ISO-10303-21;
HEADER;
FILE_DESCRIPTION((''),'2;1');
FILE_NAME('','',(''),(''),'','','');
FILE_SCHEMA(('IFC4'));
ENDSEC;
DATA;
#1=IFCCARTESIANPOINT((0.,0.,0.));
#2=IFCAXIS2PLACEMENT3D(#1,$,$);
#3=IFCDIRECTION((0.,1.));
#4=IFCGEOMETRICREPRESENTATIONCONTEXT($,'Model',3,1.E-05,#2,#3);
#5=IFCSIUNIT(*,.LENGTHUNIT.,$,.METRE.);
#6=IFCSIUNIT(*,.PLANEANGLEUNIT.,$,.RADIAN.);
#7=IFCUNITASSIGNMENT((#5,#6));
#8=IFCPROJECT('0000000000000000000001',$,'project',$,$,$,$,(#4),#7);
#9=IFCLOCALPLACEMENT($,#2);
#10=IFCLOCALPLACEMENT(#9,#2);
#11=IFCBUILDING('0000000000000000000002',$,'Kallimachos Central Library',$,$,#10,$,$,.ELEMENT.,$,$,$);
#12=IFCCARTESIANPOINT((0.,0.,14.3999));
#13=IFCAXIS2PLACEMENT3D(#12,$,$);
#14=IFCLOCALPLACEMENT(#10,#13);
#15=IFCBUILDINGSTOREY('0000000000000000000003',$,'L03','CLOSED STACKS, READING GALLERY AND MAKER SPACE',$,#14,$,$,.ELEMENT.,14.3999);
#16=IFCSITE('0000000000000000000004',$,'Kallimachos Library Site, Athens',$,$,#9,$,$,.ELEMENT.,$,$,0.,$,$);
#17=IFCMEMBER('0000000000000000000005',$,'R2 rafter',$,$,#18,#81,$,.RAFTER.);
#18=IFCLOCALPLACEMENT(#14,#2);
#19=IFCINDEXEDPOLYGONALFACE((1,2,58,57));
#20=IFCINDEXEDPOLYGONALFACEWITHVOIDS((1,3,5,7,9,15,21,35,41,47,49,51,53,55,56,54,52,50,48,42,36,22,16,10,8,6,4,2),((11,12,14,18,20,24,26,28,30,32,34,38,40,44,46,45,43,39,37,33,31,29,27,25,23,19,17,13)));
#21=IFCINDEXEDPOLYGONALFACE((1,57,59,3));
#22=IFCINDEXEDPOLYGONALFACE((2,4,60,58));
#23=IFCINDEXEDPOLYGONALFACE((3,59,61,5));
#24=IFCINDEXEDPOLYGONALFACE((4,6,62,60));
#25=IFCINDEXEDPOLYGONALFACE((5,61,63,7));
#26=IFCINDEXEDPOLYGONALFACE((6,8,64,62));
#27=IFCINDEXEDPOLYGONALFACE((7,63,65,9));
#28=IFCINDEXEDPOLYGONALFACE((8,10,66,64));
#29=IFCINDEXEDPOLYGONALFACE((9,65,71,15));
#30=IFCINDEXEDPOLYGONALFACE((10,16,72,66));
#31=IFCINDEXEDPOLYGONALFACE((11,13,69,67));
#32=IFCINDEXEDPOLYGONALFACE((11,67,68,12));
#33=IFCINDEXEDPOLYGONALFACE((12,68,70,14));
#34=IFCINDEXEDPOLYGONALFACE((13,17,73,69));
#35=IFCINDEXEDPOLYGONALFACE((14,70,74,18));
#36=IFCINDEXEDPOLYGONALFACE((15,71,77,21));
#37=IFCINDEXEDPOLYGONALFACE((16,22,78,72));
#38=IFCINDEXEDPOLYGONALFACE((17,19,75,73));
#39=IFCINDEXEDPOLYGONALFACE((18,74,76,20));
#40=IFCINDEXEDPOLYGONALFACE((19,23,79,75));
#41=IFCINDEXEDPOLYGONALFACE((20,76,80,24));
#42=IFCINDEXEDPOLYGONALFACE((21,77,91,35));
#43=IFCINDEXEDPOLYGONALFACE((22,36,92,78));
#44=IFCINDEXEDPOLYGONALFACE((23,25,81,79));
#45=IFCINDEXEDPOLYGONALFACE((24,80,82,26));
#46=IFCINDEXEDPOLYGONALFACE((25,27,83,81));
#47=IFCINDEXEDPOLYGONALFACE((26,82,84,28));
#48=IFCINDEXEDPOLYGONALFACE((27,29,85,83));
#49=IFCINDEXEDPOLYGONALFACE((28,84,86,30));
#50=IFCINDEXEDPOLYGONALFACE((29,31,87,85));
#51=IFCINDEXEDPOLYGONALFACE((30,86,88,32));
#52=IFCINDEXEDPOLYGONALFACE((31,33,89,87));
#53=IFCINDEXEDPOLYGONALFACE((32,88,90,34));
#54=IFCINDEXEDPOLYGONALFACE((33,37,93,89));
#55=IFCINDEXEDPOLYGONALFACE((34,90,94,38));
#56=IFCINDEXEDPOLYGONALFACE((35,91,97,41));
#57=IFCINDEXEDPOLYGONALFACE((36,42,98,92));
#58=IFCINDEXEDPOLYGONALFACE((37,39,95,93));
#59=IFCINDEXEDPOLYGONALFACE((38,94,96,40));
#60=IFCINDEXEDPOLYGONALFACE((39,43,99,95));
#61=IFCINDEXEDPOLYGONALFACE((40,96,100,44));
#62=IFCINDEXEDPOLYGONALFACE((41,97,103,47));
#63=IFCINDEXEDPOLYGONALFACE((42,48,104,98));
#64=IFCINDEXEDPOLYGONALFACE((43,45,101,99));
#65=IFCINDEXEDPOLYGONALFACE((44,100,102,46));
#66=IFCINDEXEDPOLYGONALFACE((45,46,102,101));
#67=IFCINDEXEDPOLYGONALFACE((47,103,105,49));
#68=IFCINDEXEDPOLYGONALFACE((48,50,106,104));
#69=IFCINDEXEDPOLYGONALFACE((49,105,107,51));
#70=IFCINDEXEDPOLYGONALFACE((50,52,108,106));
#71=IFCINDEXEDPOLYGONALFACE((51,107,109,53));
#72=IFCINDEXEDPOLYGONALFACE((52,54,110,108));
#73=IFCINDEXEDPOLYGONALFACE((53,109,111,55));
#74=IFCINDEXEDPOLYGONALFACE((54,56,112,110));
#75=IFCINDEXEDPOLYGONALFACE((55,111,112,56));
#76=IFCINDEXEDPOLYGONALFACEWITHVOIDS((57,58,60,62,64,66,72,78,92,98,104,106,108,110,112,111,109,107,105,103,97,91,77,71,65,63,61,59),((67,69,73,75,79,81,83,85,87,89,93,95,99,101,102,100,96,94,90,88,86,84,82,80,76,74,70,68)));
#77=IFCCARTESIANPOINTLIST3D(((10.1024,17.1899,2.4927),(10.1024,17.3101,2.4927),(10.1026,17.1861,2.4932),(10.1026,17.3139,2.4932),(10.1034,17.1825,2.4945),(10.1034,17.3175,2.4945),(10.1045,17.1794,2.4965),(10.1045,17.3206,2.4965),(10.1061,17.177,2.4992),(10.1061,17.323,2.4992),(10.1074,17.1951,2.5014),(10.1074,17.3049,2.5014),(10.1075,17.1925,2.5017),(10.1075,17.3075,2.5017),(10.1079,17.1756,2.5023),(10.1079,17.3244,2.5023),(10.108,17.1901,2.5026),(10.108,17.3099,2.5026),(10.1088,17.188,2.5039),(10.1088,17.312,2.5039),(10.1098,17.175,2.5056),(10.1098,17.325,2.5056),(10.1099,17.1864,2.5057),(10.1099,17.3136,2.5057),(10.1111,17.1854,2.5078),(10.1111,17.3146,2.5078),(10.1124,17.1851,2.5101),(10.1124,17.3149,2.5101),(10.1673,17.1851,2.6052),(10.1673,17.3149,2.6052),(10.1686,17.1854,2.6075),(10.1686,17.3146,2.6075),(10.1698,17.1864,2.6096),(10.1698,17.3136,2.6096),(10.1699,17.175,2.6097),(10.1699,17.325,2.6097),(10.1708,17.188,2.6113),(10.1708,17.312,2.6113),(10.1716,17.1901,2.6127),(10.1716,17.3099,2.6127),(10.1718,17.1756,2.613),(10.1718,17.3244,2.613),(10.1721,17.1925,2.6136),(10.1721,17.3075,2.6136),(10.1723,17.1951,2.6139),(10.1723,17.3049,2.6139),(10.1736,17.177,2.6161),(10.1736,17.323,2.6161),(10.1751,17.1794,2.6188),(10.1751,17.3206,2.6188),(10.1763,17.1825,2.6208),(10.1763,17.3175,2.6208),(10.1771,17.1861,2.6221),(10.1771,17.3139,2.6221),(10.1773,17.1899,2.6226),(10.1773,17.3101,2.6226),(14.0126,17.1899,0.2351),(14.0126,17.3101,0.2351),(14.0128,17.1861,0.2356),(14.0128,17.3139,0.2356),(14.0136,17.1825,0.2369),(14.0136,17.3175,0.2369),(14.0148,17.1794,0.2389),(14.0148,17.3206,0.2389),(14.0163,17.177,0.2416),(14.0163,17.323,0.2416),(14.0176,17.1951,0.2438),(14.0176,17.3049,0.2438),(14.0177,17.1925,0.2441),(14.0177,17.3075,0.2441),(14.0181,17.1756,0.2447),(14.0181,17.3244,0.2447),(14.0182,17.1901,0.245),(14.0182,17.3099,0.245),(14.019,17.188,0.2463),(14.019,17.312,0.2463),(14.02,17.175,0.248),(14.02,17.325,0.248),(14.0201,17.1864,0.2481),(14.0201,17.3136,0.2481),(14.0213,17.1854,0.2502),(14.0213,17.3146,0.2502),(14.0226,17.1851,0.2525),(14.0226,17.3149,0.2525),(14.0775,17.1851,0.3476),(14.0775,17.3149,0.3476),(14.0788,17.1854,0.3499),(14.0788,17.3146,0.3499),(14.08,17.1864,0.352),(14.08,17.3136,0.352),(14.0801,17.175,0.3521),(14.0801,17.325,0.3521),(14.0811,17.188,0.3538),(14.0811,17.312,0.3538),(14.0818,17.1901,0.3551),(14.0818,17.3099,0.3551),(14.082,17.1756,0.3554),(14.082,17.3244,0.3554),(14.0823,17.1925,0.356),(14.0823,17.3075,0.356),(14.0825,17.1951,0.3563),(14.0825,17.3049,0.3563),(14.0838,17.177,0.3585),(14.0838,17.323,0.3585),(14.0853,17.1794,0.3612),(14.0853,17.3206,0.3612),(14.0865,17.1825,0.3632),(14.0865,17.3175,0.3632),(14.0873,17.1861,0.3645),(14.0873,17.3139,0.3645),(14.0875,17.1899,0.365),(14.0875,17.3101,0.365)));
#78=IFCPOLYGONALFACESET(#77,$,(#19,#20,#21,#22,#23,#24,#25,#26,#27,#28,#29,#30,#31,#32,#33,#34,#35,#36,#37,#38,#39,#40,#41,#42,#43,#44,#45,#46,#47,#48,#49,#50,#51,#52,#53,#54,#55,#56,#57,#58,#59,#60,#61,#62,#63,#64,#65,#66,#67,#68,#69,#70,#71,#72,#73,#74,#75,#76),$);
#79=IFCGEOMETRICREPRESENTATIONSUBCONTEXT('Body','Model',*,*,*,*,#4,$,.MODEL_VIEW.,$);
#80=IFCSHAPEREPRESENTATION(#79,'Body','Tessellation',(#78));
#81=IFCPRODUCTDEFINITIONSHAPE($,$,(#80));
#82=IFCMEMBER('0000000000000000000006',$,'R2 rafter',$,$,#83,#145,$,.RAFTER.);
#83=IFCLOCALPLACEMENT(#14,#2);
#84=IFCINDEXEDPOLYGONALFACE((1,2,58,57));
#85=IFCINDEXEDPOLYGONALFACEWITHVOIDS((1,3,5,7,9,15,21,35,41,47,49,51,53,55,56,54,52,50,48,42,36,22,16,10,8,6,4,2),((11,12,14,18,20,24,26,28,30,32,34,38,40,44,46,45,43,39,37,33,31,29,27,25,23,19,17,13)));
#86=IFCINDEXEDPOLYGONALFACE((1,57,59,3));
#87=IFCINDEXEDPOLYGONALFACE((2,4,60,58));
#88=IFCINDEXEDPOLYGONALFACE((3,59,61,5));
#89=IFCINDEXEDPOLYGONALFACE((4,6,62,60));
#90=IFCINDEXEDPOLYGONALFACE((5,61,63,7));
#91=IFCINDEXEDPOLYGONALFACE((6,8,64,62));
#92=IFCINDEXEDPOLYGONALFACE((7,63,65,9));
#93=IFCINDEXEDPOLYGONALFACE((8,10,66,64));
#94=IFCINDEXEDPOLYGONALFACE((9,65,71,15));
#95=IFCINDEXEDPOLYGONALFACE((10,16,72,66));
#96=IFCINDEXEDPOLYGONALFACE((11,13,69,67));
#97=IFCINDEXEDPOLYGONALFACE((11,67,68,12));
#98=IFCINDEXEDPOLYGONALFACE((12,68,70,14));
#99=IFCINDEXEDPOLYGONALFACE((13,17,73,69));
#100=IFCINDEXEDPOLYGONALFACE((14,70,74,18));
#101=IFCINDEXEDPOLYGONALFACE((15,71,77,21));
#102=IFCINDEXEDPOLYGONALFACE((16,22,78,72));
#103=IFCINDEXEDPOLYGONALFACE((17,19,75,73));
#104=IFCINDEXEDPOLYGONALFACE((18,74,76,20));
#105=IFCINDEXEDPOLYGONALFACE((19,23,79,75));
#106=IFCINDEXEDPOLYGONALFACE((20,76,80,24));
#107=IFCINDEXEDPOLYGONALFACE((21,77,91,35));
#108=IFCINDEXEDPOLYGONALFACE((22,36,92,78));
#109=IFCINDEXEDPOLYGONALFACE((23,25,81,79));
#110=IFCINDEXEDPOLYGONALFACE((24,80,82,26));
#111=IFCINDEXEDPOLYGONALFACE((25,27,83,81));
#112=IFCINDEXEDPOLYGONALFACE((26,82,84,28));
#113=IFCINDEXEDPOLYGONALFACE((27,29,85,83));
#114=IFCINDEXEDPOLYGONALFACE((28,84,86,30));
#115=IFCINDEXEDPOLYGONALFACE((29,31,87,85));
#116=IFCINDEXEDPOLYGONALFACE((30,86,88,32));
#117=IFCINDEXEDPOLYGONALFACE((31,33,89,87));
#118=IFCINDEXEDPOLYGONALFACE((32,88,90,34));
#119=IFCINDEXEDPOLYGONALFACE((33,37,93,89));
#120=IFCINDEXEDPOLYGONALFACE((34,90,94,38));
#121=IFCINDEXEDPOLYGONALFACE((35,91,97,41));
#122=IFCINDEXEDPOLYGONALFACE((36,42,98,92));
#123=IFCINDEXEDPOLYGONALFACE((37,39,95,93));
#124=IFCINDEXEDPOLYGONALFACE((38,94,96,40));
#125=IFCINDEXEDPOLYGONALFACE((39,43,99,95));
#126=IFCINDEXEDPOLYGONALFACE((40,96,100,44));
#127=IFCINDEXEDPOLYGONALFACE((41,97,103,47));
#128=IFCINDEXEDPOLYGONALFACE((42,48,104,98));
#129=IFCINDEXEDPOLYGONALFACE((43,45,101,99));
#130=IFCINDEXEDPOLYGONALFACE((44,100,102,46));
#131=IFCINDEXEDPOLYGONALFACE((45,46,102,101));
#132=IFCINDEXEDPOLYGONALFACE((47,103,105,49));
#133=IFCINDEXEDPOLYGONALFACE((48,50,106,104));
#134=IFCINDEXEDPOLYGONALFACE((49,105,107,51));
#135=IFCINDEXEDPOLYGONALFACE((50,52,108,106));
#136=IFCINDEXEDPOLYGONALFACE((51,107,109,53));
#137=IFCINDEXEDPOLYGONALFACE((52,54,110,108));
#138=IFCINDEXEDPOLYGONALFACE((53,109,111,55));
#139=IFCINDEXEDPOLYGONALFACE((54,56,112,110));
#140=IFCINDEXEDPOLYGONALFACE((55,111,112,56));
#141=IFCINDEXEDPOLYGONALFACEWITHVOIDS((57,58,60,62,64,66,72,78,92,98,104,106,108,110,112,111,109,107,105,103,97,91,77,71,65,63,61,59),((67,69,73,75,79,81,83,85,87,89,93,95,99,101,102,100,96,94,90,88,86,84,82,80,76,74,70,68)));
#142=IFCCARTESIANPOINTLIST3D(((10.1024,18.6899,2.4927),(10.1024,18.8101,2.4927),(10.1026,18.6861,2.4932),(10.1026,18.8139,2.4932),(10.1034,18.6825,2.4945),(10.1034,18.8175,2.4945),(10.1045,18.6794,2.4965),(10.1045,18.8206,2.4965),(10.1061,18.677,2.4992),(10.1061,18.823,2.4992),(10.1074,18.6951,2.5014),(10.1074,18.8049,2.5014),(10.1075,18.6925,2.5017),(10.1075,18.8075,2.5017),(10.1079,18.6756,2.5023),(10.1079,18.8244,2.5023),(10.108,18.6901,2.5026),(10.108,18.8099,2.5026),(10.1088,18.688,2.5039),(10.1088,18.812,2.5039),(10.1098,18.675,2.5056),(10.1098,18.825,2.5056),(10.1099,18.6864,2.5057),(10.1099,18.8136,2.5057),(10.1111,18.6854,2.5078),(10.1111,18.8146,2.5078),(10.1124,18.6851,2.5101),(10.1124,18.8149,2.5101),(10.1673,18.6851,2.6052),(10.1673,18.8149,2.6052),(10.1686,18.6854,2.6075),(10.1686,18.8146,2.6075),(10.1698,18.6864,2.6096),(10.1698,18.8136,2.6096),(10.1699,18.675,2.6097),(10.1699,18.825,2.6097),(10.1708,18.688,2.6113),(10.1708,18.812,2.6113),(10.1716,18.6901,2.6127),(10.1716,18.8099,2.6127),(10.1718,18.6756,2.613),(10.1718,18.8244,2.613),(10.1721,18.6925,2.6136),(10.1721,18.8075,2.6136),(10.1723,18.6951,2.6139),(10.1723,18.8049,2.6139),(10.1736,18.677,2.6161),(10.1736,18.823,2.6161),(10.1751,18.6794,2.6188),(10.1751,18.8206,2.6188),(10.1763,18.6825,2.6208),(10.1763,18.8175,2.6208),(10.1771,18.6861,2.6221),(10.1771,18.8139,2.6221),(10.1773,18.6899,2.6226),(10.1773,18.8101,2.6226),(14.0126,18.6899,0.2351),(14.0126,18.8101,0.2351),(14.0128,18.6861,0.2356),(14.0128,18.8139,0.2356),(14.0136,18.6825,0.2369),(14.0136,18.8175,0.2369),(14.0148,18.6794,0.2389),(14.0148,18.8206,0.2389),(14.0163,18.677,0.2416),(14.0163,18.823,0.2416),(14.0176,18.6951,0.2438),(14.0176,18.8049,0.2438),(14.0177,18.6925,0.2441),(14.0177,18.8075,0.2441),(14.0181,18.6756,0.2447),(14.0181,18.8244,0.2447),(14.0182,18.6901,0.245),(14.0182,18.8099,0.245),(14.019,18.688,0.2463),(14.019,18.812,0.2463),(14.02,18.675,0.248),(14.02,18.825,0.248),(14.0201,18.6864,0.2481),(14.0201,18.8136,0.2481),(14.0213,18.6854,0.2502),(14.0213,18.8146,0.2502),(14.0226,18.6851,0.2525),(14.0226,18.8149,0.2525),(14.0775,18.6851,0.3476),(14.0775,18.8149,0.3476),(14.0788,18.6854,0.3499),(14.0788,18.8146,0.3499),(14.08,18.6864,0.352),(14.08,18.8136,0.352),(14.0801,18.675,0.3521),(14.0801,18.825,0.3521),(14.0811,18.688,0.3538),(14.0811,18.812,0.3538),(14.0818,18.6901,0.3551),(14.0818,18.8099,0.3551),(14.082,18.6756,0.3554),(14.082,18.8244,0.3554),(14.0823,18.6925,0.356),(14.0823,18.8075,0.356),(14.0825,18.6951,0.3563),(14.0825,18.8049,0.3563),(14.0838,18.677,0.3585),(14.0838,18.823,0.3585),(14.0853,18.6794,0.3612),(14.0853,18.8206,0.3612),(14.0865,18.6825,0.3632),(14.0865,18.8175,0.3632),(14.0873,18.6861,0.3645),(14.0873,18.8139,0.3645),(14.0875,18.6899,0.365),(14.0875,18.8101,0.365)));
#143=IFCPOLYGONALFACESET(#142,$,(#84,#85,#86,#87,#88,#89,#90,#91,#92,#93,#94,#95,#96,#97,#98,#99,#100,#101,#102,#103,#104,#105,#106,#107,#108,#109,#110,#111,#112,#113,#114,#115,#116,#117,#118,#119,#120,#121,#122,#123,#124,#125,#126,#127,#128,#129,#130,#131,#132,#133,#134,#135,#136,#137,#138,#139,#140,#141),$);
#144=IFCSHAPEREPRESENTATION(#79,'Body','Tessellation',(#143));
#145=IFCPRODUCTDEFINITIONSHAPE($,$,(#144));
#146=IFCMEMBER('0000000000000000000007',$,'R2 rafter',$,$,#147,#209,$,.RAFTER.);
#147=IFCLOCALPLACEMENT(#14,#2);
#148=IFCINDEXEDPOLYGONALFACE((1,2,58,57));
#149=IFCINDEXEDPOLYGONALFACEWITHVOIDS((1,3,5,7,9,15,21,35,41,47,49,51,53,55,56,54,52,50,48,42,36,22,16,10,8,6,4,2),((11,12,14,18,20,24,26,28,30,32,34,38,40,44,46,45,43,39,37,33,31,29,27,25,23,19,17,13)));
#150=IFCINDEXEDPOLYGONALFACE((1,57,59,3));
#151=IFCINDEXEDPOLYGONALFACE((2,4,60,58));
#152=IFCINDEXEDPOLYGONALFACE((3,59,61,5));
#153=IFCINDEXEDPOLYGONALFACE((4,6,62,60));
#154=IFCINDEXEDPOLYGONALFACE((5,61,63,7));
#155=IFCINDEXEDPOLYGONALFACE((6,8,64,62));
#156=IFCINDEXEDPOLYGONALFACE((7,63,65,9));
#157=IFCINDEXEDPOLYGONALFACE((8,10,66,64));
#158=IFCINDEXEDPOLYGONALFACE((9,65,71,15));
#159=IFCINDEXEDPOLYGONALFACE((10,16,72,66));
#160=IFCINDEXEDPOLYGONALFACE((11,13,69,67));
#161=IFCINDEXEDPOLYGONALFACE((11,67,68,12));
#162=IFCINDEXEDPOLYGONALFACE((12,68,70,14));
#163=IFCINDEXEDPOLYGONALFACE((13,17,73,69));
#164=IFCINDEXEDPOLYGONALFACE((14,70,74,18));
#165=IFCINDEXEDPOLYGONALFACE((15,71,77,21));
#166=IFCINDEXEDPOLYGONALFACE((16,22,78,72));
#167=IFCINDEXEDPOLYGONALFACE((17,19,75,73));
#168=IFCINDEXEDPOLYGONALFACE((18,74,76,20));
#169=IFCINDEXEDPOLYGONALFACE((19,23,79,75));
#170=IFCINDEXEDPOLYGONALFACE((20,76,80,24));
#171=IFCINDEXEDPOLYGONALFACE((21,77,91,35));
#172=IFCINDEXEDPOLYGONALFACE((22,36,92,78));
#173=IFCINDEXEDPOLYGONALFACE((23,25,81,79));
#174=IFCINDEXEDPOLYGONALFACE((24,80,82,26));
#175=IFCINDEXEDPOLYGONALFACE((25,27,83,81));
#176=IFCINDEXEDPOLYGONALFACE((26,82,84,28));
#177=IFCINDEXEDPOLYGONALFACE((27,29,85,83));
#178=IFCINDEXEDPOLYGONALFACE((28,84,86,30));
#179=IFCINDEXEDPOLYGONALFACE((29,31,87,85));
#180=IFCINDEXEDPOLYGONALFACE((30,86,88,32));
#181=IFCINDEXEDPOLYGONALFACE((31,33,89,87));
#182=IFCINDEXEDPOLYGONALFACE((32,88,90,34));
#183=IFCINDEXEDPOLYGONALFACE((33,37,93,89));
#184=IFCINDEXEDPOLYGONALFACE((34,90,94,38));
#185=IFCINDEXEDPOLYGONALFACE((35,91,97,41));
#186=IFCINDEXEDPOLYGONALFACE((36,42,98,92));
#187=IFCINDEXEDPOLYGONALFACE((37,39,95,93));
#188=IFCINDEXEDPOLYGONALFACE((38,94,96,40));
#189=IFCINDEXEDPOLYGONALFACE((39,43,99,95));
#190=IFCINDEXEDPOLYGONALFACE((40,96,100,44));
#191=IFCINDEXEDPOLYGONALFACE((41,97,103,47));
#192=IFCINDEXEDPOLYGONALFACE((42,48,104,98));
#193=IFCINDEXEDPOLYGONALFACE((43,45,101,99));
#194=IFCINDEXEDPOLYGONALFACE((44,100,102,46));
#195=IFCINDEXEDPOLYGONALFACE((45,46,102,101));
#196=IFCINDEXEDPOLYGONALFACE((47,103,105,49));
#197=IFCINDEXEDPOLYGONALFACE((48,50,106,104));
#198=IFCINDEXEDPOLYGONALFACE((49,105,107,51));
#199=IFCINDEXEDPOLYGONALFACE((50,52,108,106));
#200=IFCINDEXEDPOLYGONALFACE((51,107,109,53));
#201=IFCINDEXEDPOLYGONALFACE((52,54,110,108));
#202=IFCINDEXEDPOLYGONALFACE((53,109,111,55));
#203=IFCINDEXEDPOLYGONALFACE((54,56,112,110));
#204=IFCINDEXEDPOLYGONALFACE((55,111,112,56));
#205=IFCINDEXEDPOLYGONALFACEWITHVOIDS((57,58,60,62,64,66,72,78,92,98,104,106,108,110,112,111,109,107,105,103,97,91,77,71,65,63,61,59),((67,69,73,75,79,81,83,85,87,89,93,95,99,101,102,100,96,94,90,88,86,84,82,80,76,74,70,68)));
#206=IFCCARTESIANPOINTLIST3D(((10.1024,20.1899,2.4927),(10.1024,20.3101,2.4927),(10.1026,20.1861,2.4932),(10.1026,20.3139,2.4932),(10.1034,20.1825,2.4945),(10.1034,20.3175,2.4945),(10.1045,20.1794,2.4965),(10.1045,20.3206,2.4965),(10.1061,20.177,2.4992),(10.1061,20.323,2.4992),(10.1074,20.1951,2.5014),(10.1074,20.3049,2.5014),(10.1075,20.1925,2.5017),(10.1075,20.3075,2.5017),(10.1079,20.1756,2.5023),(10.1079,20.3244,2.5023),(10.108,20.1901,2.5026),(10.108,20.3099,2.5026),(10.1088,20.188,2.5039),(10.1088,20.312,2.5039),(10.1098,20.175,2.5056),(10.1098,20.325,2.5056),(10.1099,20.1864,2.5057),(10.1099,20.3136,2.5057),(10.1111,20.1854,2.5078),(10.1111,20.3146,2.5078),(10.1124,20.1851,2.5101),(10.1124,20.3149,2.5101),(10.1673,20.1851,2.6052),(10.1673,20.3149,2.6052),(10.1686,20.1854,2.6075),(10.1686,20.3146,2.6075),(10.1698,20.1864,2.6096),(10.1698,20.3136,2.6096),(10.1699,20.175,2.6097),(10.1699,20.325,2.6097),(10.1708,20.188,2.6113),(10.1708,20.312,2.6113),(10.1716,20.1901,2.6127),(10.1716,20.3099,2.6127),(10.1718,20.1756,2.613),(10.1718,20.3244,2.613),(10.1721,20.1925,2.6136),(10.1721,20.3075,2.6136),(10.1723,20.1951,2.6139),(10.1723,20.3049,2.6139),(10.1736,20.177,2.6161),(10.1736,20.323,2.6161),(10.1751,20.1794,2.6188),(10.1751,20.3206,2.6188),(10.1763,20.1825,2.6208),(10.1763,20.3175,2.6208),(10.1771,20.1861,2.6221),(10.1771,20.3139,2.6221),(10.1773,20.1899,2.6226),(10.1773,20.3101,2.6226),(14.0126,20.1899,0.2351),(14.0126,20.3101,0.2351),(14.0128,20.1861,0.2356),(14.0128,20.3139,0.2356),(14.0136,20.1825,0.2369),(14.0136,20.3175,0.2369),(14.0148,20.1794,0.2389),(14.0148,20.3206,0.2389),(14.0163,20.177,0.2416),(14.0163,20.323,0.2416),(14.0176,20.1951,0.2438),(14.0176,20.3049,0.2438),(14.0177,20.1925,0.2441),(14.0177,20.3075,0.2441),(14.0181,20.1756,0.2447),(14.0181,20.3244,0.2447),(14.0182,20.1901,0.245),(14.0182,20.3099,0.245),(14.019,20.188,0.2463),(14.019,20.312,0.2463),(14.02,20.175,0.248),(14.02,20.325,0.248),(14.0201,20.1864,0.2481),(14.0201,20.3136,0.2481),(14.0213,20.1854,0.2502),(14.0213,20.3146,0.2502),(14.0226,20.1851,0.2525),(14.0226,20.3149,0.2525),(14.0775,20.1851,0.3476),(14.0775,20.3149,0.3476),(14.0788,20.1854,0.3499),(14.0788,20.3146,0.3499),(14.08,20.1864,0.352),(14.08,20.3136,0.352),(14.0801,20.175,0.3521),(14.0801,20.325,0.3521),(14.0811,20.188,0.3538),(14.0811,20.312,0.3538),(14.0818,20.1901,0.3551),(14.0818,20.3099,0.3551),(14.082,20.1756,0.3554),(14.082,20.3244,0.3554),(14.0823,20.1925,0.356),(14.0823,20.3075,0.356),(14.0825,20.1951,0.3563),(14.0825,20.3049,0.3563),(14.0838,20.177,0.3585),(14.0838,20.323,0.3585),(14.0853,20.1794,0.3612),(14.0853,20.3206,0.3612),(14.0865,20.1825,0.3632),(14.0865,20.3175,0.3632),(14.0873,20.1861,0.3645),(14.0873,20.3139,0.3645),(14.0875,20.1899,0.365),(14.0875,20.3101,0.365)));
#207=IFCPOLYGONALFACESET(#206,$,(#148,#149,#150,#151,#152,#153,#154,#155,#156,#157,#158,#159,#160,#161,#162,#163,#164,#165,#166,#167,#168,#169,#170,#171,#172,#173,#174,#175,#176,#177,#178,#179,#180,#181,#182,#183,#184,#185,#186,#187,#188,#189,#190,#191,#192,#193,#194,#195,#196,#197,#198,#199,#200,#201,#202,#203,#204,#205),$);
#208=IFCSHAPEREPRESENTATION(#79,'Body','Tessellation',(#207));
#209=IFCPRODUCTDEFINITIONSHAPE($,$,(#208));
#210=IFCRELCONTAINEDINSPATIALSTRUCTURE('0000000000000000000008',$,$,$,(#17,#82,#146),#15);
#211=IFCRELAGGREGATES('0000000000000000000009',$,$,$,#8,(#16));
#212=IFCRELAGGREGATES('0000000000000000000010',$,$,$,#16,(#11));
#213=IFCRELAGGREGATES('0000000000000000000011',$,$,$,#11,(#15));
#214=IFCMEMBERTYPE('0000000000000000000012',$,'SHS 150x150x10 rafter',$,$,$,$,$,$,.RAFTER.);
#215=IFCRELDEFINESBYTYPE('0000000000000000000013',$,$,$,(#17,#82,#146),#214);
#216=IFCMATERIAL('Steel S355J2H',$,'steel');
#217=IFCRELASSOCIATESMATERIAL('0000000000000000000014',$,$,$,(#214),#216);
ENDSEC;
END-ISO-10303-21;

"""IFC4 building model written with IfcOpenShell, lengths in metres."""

from ifc_helpers import new_model, si_unit, direction, frame, origin, origin_2d, place, context, subcontext, project, spatial, hollow_rectangle, extrude, material, material_profile, profile_set, type_object, element, save


model = new_model("IFC4")

# Units and contexts
model_context = context("Model", 3, precision=1e-05, world=origin(), true_north=direction((0.0, 1.0)))
body_context = subcontext(model_context, "Body", "Model", "MODEL_VIEW")
ifc_project = project(units=[si_unit("LENGTHUNIT", "METRE"), si_unit("PLANEANGLEUNIT", "RADIAN")], contexts=[model_context])

# Site, building, storey
site_placement = place(None, origin())
site = spatial("IfcSite", under=ifc_project, at=site_placement, Name="Kallimachos Library Site, Athens", CompositionType="ELEMENT", RefElevation=0.0)
building_placement = place(site_placement, origin())
building = spatial("IfcBuilding", under=site, at=building_placement, Name="Kallimachos Central Library", CompositionType="ELEMENT")
storey_placement = place(building_placement, frame((0.0, 0.0, 14.3999)))
storey = spatial("IfcBuildingStorey", under=building, at=storey_placement, Name="L03", Description="CLOSED STACKS, READING GALLERY AND MAKER SPACE", CompositionType="ELEMENT", Elevation=14.3999)

# Members
ifc_material_1 = material(Name="Steel S355J2H", Category="steel")
ifc_material_profile_1 = material_profile(ifc_material_1, hollow_rectangle(XDim=0.1499, YDim=0.1499, WallThickness=0.01, InnerFilletRadius=0.01, OuterFilletRadius=0.0149, at=origin_2d()), Name="SHS 150x150x10")
ifc_profile_set_1 = profile_set([ifc_material_profile_1], Name="Steel S355J2H")
member_type_1 = type_object("IfcMemberType", Name="SHS 150x150x10 rafter", PredefinedType="RAFTER", material=ifc_profile_set_1)
for number, where, z_axis, x_axis, name in (
    (1, (14.05, 17.25, 0.3), (-0.866022, 0.0, 0.500006), (0.0, -1.0, 0.0), "R2 rafter"),
    (2, (14.05, 18.75, 0.3), (-0.866022, 0.0, 0.500006), (0.0, -1.0, 0.0), "R2 rafter"),
    (3, (14.05, 20.25, 0.3), (-0.866022, 0.0, 0.500006), (0.0, -1.0, 0.0), "R2 rafter"),
):
    element("IfcMember", number, at=place(storey_placement, frame(where, z_axis=z_axis, x_axis=x_axis)), inside=storey, type_object=member_type_1, Name=name, PredefinedType="RAFTER", context=body_context, shape_type="SweptSolid", body=[
        extrude(hollow_rectangle(XDim=0.1499, YDim=0.1499, WallThickness=0.01, InnerFilletRadius=0.01, OuterFilletRadius=0.0149, at=origin_2d()), origin(), (0.0, 0.0, 1.0), 4.5151),
    ])

save(model, "model.ifc")
